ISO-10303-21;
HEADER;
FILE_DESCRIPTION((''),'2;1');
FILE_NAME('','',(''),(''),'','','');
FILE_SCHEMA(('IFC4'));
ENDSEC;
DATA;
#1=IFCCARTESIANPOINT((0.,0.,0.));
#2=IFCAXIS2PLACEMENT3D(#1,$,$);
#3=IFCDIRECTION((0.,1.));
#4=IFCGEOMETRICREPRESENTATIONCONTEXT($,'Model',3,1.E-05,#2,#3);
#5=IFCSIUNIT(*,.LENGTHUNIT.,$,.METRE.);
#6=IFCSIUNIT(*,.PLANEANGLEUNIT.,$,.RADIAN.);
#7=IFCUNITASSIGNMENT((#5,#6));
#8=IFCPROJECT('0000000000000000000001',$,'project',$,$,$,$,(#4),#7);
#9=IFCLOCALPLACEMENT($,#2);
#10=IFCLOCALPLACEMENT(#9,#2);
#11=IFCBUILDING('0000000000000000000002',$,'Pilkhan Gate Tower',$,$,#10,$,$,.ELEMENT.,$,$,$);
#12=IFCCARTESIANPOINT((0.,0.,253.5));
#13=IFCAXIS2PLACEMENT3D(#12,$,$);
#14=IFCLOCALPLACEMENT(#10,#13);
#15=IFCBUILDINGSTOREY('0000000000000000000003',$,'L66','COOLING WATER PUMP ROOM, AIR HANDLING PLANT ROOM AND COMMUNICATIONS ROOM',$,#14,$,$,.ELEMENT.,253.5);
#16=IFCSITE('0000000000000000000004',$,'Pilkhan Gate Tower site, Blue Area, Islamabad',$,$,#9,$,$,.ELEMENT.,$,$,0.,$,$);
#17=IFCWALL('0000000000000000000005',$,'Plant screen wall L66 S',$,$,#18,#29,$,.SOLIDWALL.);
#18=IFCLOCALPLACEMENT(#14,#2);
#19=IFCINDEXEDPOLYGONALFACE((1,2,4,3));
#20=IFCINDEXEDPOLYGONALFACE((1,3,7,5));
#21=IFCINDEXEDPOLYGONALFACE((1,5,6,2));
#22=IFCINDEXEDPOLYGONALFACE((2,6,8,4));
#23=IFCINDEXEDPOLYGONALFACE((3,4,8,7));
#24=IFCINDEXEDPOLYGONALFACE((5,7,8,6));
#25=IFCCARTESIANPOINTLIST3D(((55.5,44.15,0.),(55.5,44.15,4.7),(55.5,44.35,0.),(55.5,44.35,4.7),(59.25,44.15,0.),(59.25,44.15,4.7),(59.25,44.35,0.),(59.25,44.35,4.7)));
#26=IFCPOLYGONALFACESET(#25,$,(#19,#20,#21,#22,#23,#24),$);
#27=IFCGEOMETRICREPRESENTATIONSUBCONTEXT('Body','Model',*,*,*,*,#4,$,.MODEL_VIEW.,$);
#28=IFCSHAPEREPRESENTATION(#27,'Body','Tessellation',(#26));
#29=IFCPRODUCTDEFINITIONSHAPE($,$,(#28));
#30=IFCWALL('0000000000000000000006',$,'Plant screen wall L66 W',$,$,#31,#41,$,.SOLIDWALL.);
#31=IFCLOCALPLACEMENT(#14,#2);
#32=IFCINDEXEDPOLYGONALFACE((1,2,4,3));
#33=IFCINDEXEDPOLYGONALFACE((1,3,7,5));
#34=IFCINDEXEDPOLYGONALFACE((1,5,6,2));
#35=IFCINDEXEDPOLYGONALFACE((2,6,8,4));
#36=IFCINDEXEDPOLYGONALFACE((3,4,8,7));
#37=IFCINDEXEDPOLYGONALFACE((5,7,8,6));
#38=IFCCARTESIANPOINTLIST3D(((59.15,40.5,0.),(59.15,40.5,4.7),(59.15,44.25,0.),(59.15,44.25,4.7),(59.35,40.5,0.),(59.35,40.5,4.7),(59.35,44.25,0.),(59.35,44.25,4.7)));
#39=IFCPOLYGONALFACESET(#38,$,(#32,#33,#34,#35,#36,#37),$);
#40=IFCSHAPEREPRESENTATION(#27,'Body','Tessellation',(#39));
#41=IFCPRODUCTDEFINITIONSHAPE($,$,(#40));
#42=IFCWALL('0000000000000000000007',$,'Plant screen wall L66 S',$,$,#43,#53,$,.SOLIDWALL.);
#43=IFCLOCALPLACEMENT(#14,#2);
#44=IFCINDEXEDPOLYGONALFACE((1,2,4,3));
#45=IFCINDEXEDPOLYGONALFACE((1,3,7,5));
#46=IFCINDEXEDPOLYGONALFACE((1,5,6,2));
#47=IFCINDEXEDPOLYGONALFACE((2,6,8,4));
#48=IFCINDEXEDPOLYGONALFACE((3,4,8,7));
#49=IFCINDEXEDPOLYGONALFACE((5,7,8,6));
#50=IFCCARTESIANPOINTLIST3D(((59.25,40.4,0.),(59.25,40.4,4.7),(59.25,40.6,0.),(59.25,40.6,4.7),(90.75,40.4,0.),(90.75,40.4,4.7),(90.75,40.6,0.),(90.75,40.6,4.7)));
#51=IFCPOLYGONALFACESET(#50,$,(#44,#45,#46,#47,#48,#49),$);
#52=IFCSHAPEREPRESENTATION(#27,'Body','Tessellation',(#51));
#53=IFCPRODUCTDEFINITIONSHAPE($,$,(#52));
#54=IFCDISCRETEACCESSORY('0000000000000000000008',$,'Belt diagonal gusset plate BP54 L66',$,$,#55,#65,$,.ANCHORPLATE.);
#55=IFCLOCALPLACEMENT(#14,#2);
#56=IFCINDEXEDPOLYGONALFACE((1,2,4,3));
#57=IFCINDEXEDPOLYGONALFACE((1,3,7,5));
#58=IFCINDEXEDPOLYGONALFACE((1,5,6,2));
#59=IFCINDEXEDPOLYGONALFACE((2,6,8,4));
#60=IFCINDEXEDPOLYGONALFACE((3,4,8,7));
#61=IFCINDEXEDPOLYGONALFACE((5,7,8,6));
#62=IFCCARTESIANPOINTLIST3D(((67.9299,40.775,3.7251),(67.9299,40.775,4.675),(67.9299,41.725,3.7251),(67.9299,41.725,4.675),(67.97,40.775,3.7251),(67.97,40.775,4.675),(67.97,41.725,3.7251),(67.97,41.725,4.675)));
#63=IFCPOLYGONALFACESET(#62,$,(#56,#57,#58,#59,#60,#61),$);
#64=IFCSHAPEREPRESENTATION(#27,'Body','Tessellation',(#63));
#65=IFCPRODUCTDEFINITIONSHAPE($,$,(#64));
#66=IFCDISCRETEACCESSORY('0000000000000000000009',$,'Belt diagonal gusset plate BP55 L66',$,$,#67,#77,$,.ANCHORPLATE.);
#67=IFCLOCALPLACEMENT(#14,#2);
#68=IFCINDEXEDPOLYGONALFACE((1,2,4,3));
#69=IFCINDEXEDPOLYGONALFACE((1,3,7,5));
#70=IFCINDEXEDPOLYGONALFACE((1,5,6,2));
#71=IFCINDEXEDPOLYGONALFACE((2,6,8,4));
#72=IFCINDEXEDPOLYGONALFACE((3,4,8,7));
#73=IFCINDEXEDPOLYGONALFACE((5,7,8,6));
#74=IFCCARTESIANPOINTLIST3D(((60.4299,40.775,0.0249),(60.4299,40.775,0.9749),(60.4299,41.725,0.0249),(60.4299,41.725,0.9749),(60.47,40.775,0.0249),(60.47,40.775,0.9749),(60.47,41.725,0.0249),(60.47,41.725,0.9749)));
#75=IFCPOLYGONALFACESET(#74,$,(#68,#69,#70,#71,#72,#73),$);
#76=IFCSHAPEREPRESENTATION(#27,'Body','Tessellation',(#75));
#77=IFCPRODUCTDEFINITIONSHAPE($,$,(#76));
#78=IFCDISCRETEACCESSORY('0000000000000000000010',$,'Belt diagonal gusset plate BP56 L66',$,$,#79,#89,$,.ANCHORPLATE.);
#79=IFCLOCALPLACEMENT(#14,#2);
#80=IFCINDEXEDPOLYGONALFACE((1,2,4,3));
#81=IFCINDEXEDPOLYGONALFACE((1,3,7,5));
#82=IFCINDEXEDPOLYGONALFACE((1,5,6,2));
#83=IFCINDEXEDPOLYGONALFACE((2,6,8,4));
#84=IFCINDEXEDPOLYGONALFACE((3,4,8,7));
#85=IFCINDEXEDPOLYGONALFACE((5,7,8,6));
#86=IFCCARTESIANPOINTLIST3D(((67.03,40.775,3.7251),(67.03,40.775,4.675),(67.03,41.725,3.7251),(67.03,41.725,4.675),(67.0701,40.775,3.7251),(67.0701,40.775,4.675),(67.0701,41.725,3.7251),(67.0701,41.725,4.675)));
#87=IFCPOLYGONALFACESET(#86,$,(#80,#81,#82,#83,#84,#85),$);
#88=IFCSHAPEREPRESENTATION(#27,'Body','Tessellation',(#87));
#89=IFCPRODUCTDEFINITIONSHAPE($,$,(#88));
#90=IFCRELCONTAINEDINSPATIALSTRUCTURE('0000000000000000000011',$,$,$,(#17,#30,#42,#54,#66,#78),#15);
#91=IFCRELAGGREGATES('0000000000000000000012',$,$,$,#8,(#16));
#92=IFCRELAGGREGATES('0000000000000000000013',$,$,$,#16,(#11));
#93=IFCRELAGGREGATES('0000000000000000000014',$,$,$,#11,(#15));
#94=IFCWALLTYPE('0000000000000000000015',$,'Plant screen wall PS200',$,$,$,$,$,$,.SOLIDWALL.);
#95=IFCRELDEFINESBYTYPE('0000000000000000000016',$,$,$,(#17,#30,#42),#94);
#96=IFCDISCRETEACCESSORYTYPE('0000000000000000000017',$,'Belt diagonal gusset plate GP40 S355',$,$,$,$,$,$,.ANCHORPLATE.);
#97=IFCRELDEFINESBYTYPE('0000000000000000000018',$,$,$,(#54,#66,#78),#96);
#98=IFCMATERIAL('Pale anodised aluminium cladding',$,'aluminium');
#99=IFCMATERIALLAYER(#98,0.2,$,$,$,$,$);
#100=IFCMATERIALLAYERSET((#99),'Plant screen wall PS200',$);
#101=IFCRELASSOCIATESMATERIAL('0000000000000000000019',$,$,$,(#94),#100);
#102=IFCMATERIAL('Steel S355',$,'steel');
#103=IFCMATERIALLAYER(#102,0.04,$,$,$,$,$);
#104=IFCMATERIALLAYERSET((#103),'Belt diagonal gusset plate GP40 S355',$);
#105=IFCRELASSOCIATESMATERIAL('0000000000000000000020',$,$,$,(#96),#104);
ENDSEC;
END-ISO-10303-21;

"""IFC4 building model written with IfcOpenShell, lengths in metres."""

from ifc_helpers import new_model, si_unit, direction, frame, frame_2d, origin, origin_2d, place, context, subcontext, project, spatial, rectangle, extrude, material, layer, layer_set, type_object, element, save


model = new_model("IFC4")

# Units and contexts
model_context = context("Model", 3, precision=1e-05, world=origin(), true_north=direction((0.0, 1.0)))
body_context = subcontext(model_context, "Body", "Model", "MODEL_VIEW")
ifc_project = project(units=[si_unit("LENGTHUNIT", "METRE"), si_unit("PLANEANGLEUNIT", "RADIAN")], contexts=[model_context])

# Site, building, storey
site_placement = place(None, origin())
site = spatial("IfcSite", under=ifc_project, at=site_placement, Name="Pilkhan Gate Tower site, Blue Area, Islamabad", CompositionType="ELEMENT", RefElevation=0.0)
building_placement = place(site_placement, origin())
building = spatial("IfcBuilding", under=site, at=building_placement, Name="Pilkhan Gate Tower", CompositionType="ELEMENT")
storey_placement = place(building_placement, frame((0.0, 0.0, 253.5)))
storey = spatial("IfcBuildingStorey", under=building, at=storey_placement, Name="L66", Description="COOLING WATER PUMP ROOM, AIR HANDLING PLANT ROOM AND COMMUNICATIONS ROOM", CompositionType="ELEMENT", Elevation=253.5)

# Walls
ifc_material_1 = material(Name="Pale anodised aluminium cladding", Category="aluminium")
ifc_layer_1 = layer(ifc_material_1, 0.2)
ifc_layer_set_1 = layer_set([ifc_layer_1], Name="Plant screen wall PS200")
wall_type_1 = type_object("IfcWallType", Name="Plant screen wall PS200", PredefinedType="SOLIDWALL", material=ifc_layer_set_1)
for number, where, z_axis, x_axis, name in (
    (1, (55.5, 44.25, 0.0), (0.0, 0.0, 1.0), (1.0, 0.0, 0.0), "Plant screen wall L66 S"),
    (2, (59.25, 40.5, 0.0), (0.0, 0.0, 1.0), (0.0, 1.0, 0.0), "Plant screen wall L66 W"),
):
    element("IfcWall", number, at=place(storey_placement, frame(where, z_axis=z_axis, x_axis=x_axis)), inside=storey, type_object=wall_type_1, Name=name, PredefinedType="SOLIDWALL", context=body_context, shape_type="SweptSolid", body=[
        extrude(rectangle(XDim=3.75, YDim=0.2, at=frame_2d((1.875, 0.0))), origin(), (0.0, 0.0, 1.0), 4.7),
    ])
wall_1_placement = place(storey_placement, frame((59.25, 40.5, 0.0), z_axis=(0.0, 0.0, 1.0), x_axis=(1.0, 0.0, 0.0)))
element("IfcWall", 3, at=wall_1_placement, inside=storey, type_object=wall_type_1, Name="Plant screen wall L66 S", PredefinedType="SOLIDWALL", context=body_context, shape_type="SweptSolid", body=[
    extrude(rectangle(XDim=31.5, YDim=0.2, at=frame_2d((15.75, 0.0))), origin(), (0.0, 0.0, 1.0), 4.7),
])

# Discrete accessories
ifc_material_2 = material(Name="Steel S355", Category="steel")
ifc_layer_2 = layer(ifc_material_2, 0.04)
ifc_layer_set_2 = layer_set([ifc_layer_2], Name="Belt diagonal gusset plate GP40 S355")
discrete_accessory_type = type_object("IfcDiscreteAccessoryType", Name="Belt diagonal gusset plate GP40 S355", PredefinedType="ANCHORPLATE", material=ifc_layer_set_2)
for number, where, z_axis, x_axis, name in (
    (4, (67.95, 41.25, 3.7251), (0.0, 0.0, 1.0), (1.0, 0.0, 0.0), "Belt diagonal gusset plate BP54 L66"),
    (5, (60.45, 41.25, 0.0249), (0.0, 0.0, 1.0), (1.0, 0.0, 0.0), "Belt diagonal gusset plate BP55 L66"),
    (6, (67.05, 41.25, 3.7251), (0.0, 0.0, 1.0), (1.0, 0.0, 0.0), "Belt diagonal gusset plate BP56 L66"),
):
    element("IfcDiscreteAccessory", number, at=place(storey_placement, frame(where, z_axis=z_axis, x_axis=x_axis)), inside=storey, type_object=discrete_accessory_type, Name=name, PredefinedType="ANCHORPLATE", context=body_context, shape_type="SweptSolid", body=[
        extrude(rectangle(XDim=0.04, YDim=0.95, at=origin_2d()), origin(), (0.0, 0.0, 1.0), 0.95),
    ])

save(model, "model.ifc")
